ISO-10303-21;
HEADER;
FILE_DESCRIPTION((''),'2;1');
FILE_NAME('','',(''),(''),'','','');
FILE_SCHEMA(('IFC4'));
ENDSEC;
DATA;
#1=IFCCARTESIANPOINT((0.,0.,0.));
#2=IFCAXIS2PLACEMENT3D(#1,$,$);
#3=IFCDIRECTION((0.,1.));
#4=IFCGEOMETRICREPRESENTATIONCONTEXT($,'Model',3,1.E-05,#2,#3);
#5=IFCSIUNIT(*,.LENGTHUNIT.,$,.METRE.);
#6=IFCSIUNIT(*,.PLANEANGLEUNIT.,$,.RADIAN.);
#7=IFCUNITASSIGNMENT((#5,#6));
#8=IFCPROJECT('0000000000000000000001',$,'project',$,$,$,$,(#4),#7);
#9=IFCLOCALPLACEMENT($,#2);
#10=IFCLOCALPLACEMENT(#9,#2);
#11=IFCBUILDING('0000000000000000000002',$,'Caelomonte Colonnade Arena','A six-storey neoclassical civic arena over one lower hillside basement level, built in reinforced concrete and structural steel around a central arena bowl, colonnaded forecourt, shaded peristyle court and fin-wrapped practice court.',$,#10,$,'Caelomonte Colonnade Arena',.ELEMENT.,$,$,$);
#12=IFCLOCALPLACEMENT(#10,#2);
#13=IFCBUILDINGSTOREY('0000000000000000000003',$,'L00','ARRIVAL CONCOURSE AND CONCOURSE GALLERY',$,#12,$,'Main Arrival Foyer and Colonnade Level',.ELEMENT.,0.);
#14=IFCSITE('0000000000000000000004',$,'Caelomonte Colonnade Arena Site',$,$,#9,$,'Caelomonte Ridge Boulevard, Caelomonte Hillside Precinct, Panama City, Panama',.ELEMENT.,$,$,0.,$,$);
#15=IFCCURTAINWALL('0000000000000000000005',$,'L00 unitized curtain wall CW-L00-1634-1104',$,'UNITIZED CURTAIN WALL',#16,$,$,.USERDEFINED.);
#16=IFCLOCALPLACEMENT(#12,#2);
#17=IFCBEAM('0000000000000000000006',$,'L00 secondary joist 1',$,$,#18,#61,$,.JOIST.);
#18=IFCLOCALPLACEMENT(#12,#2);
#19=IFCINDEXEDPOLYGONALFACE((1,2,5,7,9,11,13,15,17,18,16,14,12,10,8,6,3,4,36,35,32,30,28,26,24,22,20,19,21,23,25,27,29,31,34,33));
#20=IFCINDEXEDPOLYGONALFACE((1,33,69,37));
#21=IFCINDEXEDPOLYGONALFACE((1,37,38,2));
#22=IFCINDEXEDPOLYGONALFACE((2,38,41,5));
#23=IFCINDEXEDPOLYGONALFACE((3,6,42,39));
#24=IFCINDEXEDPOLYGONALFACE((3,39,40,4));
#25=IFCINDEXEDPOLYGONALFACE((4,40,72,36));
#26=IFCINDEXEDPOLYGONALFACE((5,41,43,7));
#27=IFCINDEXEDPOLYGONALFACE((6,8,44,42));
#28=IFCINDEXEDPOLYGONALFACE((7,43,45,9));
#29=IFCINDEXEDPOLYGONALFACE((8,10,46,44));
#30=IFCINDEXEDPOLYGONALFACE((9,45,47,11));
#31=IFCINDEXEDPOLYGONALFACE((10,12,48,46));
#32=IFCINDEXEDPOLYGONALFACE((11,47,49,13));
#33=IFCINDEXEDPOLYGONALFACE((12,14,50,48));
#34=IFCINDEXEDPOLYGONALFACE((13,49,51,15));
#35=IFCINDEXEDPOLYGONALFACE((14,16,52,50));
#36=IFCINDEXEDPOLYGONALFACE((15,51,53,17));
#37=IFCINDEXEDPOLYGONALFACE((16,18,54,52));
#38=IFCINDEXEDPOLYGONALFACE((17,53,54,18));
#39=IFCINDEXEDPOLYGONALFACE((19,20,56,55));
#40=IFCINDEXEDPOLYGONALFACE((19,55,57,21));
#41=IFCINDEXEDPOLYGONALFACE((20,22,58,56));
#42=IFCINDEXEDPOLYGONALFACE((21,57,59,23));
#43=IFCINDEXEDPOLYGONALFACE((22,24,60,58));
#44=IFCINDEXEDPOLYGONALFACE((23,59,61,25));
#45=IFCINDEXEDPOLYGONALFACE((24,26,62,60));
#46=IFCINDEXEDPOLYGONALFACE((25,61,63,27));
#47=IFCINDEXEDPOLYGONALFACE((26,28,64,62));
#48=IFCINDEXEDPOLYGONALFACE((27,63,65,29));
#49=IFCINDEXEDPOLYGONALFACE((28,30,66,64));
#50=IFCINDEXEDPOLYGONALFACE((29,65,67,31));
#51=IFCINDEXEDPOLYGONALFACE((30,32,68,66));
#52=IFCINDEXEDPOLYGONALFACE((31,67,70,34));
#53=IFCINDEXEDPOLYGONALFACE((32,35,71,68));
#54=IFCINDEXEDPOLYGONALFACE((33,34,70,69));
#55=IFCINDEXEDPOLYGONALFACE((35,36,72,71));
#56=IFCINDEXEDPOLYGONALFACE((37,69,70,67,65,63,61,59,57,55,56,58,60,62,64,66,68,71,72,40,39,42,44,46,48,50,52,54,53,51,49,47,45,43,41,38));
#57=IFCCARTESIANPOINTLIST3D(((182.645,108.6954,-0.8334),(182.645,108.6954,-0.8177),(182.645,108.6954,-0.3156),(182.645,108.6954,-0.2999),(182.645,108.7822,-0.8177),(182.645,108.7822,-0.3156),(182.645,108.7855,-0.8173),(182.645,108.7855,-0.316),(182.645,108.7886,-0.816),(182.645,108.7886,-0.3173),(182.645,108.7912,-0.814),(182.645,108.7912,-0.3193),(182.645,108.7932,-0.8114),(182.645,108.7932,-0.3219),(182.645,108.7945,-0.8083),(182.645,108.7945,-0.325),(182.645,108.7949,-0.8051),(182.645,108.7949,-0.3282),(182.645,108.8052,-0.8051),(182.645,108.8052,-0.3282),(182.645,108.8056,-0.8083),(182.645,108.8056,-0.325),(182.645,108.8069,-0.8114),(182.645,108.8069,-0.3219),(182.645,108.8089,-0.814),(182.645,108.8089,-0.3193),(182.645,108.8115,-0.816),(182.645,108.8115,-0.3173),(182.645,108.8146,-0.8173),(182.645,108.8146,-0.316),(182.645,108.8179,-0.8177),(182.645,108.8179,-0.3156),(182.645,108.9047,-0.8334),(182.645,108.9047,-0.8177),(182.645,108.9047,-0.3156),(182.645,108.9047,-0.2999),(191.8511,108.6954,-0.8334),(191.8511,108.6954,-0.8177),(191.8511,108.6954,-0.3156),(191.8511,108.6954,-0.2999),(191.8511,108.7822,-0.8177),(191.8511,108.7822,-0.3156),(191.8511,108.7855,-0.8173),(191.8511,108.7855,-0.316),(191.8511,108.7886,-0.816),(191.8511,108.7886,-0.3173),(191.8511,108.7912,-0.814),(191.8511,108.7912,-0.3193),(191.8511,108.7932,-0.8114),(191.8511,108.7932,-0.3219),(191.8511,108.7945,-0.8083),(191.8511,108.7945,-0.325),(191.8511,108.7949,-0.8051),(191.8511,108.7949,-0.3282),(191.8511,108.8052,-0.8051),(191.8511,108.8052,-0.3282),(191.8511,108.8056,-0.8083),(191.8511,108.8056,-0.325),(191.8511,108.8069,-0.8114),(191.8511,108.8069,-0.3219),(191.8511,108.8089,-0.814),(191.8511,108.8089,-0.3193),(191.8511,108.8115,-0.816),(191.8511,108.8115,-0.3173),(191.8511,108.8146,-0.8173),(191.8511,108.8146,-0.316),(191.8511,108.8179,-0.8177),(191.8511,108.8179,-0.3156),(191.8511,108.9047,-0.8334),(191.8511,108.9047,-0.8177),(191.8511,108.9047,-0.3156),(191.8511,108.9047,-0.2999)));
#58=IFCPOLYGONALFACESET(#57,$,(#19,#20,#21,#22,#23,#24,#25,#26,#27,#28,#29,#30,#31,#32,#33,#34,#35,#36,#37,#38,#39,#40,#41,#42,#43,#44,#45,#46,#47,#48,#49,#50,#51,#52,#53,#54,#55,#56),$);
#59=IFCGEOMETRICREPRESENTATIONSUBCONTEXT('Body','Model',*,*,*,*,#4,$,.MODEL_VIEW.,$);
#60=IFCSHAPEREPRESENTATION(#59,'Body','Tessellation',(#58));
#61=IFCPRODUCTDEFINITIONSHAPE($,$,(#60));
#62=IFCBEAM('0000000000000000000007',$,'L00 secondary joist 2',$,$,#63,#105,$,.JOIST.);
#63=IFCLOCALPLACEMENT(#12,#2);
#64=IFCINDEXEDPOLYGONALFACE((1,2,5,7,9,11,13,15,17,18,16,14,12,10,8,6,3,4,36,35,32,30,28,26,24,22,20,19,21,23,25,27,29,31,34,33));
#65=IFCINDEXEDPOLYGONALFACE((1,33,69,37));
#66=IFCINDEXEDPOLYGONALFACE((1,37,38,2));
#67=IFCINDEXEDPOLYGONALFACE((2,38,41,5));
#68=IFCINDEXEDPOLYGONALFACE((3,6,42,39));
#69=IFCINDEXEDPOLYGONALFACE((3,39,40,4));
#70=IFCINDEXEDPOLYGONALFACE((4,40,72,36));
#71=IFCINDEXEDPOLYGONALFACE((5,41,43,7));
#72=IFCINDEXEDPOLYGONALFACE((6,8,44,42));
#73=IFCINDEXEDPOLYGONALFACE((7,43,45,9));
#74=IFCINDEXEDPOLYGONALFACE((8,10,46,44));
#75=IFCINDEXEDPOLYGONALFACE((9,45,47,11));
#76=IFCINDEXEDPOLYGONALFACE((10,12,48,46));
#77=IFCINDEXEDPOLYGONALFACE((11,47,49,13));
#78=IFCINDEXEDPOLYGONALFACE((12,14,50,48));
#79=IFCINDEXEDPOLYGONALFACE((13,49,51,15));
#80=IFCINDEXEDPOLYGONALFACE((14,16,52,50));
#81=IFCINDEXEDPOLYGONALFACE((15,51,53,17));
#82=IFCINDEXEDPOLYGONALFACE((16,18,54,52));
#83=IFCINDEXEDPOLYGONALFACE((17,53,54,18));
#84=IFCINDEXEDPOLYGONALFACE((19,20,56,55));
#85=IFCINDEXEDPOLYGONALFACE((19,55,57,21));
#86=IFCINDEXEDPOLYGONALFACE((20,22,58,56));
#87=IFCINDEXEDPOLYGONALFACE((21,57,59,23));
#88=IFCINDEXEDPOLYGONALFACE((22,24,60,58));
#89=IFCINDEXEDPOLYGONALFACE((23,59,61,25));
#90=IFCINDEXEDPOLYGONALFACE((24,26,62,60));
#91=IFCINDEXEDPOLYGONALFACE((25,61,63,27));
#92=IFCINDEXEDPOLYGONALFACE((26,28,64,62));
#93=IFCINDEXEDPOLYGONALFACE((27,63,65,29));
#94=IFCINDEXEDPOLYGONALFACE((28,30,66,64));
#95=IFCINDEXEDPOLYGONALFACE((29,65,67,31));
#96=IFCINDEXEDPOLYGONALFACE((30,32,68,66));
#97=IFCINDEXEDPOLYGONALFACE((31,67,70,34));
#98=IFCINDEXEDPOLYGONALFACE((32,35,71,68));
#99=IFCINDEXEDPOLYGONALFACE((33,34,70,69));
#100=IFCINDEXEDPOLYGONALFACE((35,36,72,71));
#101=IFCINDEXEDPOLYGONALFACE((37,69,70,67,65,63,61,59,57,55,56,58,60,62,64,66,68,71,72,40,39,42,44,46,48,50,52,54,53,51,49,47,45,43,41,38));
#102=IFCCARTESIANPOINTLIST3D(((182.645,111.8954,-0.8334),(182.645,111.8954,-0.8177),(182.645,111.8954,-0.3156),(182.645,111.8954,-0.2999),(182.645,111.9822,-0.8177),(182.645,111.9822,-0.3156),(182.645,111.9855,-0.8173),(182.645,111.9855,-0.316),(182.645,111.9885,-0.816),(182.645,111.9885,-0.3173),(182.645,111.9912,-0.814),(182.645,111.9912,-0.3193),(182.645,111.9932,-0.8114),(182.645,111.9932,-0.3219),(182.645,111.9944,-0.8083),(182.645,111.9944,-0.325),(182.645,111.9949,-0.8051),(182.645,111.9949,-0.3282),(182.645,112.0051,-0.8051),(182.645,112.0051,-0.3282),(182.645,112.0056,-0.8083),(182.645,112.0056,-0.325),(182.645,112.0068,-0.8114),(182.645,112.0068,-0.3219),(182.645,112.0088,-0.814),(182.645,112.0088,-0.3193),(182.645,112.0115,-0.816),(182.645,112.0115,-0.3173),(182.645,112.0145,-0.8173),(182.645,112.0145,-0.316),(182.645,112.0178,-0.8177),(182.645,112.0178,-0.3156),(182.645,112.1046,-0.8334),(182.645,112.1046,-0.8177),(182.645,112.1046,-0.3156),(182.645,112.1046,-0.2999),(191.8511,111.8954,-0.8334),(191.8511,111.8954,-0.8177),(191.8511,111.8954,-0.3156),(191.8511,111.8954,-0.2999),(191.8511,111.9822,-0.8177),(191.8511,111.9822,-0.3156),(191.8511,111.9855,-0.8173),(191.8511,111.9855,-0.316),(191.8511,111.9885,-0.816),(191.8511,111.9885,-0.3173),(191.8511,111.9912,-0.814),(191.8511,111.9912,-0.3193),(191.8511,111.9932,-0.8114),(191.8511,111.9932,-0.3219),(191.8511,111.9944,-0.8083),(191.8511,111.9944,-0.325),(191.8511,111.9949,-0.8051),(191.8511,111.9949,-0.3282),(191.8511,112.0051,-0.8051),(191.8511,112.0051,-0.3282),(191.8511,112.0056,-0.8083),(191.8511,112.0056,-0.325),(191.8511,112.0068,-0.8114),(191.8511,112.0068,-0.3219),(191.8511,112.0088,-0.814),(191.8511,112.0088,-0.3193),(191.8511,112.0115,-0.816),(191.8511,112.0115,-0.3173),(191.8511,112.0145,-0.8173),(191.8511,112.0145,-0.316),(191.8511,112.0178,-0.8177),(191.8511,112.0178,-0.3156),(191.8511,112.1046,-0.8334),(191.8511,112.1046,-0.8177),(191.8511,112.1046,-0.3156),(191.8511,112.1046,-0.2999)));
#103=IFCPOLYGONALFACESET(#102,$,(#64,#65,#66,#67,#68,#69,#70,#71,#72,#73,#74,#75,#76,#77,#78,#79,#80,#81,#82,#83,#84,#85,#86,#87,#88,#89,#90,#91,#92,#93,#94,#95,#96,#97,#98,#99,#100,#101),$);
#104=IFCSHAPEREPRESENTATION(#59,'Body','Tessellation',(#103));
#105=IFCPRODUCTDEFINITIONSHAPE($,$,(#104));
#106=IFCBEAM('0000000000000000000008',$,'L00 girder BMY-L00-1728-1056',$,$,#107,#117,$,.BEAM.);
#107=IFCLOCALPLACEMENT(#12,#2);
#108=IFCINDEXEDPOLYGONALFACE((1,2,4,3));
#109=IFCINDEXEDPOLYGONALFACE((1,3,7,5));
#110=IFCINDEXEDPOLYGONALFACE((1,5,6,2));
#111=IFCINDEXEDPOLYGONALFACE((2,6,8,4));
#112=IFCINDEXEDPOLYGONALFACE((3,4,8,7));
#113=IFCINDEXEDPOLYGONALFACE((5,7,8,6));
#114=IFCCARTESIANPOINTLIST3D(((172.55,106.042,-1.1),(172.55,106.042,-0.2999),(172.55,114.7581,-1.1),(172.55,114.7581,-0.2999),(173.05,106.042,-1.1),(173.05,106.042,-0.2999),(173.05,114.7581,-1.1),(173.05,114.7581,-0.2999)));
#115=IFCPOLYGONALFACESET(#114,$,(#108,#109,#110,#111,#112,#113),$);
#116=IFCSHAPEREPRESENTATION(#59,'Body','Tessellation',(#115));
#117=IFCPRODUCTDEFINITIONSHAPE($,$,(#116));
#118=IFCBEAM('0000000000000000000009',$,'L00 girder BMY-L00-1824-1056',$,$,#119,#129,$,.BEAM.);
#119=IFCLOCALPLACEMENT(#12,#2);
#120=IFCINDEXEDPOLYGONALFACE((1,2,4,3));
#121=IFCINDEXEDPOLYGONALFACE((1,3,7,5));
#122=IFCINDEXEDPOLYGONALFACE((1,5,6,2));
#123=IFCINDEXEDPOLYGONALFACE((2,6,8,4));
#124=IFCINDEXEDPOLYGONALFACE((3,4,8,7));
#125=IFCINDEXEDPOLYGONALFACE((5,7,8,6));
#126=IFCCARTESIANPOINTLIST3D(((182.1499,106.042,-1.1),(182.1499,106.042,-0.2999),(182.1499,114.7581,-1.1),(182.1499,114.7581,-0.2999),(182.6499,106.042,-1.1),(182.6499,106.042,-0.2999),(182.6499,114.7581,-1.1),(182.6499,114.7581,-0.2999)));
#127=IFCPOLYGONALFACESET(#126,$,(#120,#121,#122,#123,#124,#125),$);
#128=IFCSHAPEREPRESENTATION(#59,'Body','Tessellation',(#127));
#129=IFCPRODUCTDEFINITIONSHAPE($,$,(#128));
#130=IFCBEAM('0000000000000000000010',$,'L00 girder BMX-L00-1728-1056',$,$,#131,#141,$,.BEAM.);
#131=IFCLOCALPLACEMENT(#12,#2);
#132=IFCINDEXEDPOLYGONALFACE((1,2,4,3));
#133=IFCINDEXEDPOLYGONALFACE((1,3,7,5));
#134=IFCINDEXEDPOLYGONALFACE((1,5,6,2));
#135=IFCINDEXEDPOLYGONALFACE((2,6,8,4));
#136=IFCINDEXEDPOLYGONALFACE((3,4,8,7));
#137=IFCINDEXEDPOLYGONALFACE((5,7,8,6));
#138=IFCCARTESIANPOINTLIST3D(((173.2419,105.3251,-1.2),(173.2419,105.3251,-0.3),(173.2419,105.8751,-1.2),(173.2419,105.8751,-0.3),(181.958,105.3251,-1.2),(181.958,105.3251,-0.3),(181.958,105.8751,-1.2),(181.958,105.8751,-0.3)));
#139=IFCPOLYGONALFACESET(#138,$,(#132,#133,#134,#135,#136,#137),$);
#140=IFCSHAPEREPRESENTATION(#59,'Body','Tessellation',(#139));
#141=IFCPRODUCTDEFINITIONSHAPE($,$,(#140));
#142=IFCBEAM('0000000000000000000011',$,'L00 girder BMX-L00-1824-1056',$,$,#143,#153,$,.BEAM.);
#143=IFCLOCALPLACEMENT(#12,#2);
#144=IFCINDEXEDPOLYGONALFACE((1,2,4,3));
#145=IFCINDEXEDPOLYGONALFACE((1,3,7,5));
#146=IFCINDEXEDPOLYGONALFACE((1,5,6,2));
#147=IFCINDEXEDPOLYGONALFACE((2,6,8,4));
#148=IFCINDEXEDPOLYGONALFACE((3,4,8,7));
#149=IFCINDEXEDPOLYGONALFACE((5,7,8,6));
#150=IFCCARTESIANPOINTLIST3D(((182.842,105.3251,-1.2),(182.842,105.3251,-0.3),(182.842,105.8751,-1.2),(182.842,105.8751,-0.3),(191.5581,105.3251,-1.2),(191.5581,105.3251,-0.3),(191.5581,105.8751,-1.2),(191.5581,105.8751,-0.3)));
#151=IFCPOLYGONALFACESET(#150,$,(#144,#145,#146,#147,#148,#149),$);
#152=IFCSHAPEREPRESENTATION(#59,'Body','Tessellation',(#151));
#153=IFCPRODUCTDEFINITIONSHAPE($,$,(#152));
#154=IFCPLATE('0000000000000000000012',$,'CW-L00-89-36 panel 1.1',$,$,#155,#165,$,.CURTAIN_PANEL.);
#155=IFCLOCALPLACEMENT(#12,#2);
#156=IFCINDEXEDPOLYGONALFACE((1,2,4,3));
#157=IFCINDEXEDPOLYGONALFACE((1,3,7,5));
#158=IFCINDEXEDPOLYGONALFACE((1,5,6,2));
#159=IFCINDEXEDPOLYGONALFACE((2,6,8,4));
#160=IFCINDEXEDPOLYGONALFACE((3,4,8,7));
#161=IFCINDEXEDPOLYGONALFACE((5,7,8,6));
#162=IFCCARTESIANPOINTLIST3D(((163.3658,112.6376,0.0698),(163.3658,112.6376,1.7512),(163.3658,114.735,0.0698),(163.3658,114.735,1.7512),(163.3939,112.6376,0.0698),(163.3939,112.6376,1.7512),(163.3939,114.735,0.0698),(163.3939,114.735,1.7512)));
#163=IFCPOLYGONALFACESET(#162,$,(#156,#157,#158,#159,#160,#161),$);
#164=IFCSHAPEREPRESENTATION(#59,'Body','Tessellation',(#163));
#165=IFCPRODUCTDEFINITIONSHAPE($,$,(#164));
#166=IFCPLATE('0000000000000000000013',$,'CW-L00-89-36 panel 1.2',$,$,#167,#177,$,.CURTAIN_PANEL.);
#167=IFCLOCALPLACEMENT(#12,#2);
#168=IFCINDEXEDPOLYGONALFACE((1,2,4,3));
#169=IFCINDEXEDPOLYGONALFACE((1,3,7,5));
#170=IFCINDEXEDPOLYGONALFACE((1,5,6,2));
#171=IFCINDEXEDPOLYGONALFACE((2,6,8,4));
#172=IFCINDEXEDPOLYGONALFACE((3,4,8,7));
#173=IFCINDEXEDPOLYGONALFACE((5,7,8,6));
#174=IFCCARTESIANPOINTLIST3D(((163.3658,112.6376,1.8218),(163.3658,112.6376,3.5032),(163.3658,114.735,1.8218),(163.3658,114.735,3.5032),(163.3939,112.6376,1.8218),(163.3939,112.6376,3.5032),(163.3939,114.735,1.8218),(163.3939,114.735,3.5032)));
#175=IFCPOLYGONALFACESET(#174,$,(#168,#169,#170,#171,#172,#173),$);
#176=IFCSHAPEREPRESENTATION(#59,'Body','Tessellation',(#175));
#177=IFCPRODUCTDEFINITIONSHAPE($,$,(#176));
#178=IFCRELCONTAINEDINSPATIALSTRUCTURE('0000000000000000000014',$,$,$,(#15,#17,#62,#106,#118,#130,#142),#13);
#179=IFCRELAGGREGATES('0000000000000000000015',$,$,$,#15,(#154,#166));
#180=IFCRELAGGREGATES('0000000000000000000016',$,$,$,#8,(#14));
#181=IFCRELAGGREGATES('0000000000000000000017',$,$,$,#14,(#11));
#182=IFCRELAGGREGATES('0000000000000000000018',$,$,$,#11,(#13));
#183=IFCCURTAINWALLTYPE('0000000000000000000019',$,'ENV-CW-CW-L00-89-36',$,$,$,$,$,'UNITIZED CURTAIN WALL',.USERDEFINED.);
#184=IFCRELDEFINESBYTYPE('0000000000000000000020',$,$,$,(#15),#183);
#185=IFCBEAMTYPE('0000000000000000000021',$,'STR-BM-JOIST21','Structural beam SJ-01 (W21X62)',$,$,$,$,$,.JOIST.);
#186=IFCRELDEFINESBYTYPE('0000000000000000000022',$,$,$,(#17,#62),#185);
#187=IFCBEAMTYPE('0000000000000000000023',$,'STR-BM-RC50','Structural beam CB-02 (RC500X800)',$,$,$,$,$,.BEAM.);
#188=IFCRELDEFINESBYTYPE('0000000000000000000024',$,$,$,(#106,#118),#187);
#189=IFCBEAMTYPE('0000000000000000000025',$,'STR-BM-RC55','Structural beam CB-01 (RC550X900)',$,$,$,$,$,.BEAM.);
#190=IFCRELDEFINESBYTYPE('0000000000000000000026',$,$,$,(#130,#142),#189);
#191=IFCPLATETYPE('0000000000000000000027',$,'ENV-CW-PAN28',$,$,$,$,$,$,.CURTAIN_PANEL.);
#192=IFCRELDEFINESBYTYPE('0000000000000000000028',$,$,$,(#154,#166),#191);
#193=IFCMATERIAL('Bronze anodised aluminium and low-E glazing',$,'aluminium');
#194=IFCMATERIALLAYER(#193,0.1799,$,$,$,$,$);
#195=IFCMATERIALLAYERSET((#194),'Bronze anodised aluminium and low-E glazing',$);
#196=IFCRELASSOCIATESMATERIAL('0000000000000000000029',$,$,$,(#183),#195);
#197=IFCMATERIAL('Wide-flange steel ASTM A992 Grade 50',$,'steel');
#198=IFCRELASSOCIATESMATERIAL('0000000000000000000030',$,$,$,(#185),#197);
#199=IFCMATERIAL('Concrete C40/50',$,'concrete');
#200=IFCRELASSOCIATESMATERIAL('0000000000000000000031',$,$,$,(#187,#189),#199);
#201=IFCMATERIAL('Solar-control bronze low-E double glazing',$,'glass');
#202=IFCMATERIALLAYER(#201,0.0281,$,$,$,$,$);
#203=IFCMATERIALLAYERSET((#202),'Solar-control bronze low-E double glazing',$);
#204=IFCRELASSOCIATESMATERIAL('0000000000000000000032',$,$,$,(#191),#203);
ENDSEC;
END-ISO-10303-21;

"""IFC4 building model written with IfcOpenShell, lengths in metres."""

from ifc_helpers import new_model, si_unit, direction, frame, origin, origin_2d, place, context, subcontext, project, spatial, rectangle, i_section, extrude, material, layer, layer_set, material_profile, profile_set, type_object, element, aggregate, save


model = new_model("IFC4")

# Units and contexts
model_context = context("Model", 3, precision=1e-05, world=origin(), true_north=direction((0.0, 1.0)))
body_context = subcontext(model_context, "Body", "Model", "MODEL_VIEW")
ifc_project = project(units=[si_unit("LENGTHUNIT", "METRE"), si_unit("PLANEANGLEUNIT", "RADIAN")], contexts=[model_context])

# Site, building, storey
site_placement = place(None, origin())
site = spatial("IfcSite", under=ifc_project, at=site_placement, Name="Caelomonte Colonnade Arena Site", LongName="Caelomonte Ridge Boulevard, Caelomonte Hillside Precinct, Panama City, Panama", CompositionType="ELEMENT", RefElevation=0.0)
building_placement = place(site_placement, origin())
building = spatial("IfcBuilding", under=site, at=building_placement, Name="Caelomonte Colonnade Arena", Description="A six-storey neoclassical civic arena over one lower hillside basement level, built in reinforced concrete and structural steel around a central arena bowl, colonnaded forecourt, shaded peristyle court and fin-wrapped practice court.", LongName="Caelomonte Colonnade Arena", CompositionType="ELEMENT")
storey_placement = place(building_placement, origin())
storey = spatial("IfcBuildingStorey", under=building, at=storey_placement, Name="L00", Description="ARRIVAL CONCOURSE AND CONCOURSE GALLERY", LongName="Main Arrival Foyer and Colonnade Level", CompositionType="ELEMENT", Elevation=0.0)

# Shared definitions
ifc_material_1 = material(Name="Concrete C40/50", Category="concrete")

# Curtain wall
ifc_material_2 = material(Name="Bronze anodised aluminium and low-E glazing", Category="aluminium")
ifc_layer_1 = layer(ifc_material_2, 0.1799)
ifc_layer_set_1 = layer_set([ifc_layer_1], Name="Bronze anodised aluminium and low-E glazing")
curtain_wall_type = type_object("IfcCurtainWallType", Name="ENV-CW-CW-L00-89-36", ElementType="UNITIZED CURTAIN WALL", PredefinedType="USERDEFINED", material=ifc_layer_set_1)
curtain_wall_placement = place(storey_placement, origin())
curtain_wall = element("IfcCurtainWall", 1, at=curtain_wall_placement, inside=storey, type_object=curtain_wall_type, Name="L00 unitized curtain wall CW-L00-1634-1104", ObjectType="UNITIZED CURTAIN WALL", PredefinedType="USERDEFINED")

# Beams
ifc_material_3 = material(Name="Wide-flange steel ASTM A992 Grade 50", Category="steel")
ifc_material_profile_1 = material_profile(ifc_material_3, i_section(OverallWidth=0.2092, OverallDepth=0.5334, WebThickness=0.0103, FlangeThickness=0.0156, FilletRadius=0.0127, at=origin_2d()), Name="W21X62")
ifc_profile_set_1 = profile_set([ifc_material_profile_1], Name="Wide-flange steel ASTM A992 Grade 50")
beam_type_1 = type_object("IfcBeamType", Name="STR-BM-JOIST21", Description="Structural beam SJ-01 (W21X62)", PredefinedType="JOIST", material=ifc_profile_set_1)
for number, where, z_axis, x_axis, name in (
    (2, (182.645, 108.8, -0.5667), (1.0, 0.0, 0.0), (0.0, 1.0, 0.0), "L00 secondary joist 1"),
    (3, (182.645, 112.0, -0.5667), (1.0, 0.0, 0.0), (0.0, 1.0, 0.0), "L00 secondary joist 2"),
):
    element("IfcBeam", number, at=place(storey_placement, frame(where, z_axis=z_axis, x_axis=x_axis)), inside=storey, type_object=beam_type_1, Name=name, PredefinedType="JOIST", context=body_context, shape_type="SweptSolid", body=[
        extrude(i_section(OverallWidth=0.2092, OverallDepth=0.5334, WebThickness=0.0103, FlangeThickness=0.0156, FilletRadius=0.0127, at=origin_2d()), origin(), (0.0, 0.0, 1.0), 9.2061),
    ])
ifc_material_profile_2 = material_profile(ifc_material_1, rectangle(XDim=0.5, YDim=0.8, at=origin_2d()), Name="RC500X800")
ifc_profile_set_2 = profile_set([ifc_material_profile_2], Name="Concrete C40/50")
beam_type_2 = type_object("IfcBeamType", Name="STR-BM-RC50", Description="Structural beam CB-02 (RC500X800)", PredefinedType="BEAM", material=ifc_profile_set_2)
for number, where, z_axis, x_axis, name in (
    (4, (172.8, 106.042, -0.7), (0.0, 1.0, 0.0), (-1.0, 0.0, 0.0), "L00 girder BMY-L00-1728-1056"),
    (5, (182.3999, 106.042, -0.7), (0.0, 1.0, 0.0), (-1.0, 0.0, 0.0), "L00 girder BMY-L00-1824-1056"),
):
    element("IfcBeam", number, at=place(storey_placement, frame(where, z_axis=z_axis, x_axis=x_axis)), inside=storey, type_object=beam_type_2, Name=name, PredefinedType="BEAM", context=body_context, shape_type="SweptSolid", body=[
        extrude(rectangle(XDim=0.5, YDim=0.8, at=origin_2d()), origin(), (0.0, 0.0, 1.0), 8.7161),
    ])
ifc_material_profile_3 = material_profile(ifc_material_1, rectangle(XDim=0.55, YDim=0.8999, at=origin_2d()), Name="RC550X900")
ifc_profile_set_3 = profile_set([ifc_material_profile_3], Name="Concrete C40/50")
beam_type_3 = type_object("IfcBeamType", Name="STR-BM-RC55", Description="Structural beam CB-01 (RC550X900)", PredefinedType="BEAM", material=ifc_profile_set_3)
for number, where, z_axis, x_axis, name in (
    (6, (173.2419, 105.6001, -0.75), (1.0, 0.0, 0.0), (0.0, 1.0, 0.0), "L00 girder BMX-L00-1728-1056"),
    (7, (182.842, 105.6001, -0.75), (1.0, 0.0, 0.0), (0.0, 1.0, 0.0), "L00 girder BMX-L00-1824-1056"),
):
    element("IfcBeam", number, at=place(storey_placement, frame(where, z_axis=z_axis, x_axis=x_axis)), inside=storey, type_object=beam_type_3, Name=name, PredefinedType="BEAM", context=body_context, shape_type="SweptSolid", body=[
        extrude(rectangle(XDim=0.55, YDim=0.8999, at=origin_2d()), origin(), (0.0, 0.0, 1.0), 8.7161),
    ])

# Plates
ifc_material_4 = material(Name="Solar-control bronze low-E double glazing", Category="glass")
ifc_layer_2 = layer(ifc_material_4, 0.0281)
ifc_layer_set_2 = layer_set([ifc_layer_2], Name="Solar-control bronze low-E double glazing")
plate_type = type_object("IfcPlateType", Name="ENV-CW-PAN28", PredefinedType="CURTAIN_PANEL", material=ifc_layer_set_2)
plate_1_placement = place(storey_placement, frame((163.3799, 113.6863, 0.0698), z_axis=(0.0, 0.0, 1.0), x_axis=(0.0, -1.0, 0.0)))
plate_1 = element("IfcPlate", 8, at=plate_1_placement, type_object=plate_type, Name="CW-L00-89-36 panel 1.1", PredefinedType="CURTAIN_PANEL", context=body_context, shape_type="SweptSolid", body=[
    extrude(rectangle(XDim=2.0974, YDim=0.0281, at=origin_2d()), origin(), (0.0, 0.0, 1.0), 1.6814),
])
plate_2_placement = place(storey_placement, frame((163.3799, 113.6863, 1.8218), z_axis=(0.0, 0.0, 1.0), x_axis=(0.0, -1.0, 0.0)))
plate_2 = element("IfcPlate", 9, at=plate_2_placement, type_object=plate_type, Name="CW-L00-89-36 panel 1.2", PredefinedType="CURTAIN_PANEL", context=body_context, shape_type="SweptSolid", body=[
    extrude(rectangle(XDim=2.0974, YDim=0.0281, at=origin_2d()), origin(), (0.0, 0.0, 1.0), 1.6814),
])
aggregate(curtain_wall, [plate_1, plate_2])

save(model, "model.ifc")
